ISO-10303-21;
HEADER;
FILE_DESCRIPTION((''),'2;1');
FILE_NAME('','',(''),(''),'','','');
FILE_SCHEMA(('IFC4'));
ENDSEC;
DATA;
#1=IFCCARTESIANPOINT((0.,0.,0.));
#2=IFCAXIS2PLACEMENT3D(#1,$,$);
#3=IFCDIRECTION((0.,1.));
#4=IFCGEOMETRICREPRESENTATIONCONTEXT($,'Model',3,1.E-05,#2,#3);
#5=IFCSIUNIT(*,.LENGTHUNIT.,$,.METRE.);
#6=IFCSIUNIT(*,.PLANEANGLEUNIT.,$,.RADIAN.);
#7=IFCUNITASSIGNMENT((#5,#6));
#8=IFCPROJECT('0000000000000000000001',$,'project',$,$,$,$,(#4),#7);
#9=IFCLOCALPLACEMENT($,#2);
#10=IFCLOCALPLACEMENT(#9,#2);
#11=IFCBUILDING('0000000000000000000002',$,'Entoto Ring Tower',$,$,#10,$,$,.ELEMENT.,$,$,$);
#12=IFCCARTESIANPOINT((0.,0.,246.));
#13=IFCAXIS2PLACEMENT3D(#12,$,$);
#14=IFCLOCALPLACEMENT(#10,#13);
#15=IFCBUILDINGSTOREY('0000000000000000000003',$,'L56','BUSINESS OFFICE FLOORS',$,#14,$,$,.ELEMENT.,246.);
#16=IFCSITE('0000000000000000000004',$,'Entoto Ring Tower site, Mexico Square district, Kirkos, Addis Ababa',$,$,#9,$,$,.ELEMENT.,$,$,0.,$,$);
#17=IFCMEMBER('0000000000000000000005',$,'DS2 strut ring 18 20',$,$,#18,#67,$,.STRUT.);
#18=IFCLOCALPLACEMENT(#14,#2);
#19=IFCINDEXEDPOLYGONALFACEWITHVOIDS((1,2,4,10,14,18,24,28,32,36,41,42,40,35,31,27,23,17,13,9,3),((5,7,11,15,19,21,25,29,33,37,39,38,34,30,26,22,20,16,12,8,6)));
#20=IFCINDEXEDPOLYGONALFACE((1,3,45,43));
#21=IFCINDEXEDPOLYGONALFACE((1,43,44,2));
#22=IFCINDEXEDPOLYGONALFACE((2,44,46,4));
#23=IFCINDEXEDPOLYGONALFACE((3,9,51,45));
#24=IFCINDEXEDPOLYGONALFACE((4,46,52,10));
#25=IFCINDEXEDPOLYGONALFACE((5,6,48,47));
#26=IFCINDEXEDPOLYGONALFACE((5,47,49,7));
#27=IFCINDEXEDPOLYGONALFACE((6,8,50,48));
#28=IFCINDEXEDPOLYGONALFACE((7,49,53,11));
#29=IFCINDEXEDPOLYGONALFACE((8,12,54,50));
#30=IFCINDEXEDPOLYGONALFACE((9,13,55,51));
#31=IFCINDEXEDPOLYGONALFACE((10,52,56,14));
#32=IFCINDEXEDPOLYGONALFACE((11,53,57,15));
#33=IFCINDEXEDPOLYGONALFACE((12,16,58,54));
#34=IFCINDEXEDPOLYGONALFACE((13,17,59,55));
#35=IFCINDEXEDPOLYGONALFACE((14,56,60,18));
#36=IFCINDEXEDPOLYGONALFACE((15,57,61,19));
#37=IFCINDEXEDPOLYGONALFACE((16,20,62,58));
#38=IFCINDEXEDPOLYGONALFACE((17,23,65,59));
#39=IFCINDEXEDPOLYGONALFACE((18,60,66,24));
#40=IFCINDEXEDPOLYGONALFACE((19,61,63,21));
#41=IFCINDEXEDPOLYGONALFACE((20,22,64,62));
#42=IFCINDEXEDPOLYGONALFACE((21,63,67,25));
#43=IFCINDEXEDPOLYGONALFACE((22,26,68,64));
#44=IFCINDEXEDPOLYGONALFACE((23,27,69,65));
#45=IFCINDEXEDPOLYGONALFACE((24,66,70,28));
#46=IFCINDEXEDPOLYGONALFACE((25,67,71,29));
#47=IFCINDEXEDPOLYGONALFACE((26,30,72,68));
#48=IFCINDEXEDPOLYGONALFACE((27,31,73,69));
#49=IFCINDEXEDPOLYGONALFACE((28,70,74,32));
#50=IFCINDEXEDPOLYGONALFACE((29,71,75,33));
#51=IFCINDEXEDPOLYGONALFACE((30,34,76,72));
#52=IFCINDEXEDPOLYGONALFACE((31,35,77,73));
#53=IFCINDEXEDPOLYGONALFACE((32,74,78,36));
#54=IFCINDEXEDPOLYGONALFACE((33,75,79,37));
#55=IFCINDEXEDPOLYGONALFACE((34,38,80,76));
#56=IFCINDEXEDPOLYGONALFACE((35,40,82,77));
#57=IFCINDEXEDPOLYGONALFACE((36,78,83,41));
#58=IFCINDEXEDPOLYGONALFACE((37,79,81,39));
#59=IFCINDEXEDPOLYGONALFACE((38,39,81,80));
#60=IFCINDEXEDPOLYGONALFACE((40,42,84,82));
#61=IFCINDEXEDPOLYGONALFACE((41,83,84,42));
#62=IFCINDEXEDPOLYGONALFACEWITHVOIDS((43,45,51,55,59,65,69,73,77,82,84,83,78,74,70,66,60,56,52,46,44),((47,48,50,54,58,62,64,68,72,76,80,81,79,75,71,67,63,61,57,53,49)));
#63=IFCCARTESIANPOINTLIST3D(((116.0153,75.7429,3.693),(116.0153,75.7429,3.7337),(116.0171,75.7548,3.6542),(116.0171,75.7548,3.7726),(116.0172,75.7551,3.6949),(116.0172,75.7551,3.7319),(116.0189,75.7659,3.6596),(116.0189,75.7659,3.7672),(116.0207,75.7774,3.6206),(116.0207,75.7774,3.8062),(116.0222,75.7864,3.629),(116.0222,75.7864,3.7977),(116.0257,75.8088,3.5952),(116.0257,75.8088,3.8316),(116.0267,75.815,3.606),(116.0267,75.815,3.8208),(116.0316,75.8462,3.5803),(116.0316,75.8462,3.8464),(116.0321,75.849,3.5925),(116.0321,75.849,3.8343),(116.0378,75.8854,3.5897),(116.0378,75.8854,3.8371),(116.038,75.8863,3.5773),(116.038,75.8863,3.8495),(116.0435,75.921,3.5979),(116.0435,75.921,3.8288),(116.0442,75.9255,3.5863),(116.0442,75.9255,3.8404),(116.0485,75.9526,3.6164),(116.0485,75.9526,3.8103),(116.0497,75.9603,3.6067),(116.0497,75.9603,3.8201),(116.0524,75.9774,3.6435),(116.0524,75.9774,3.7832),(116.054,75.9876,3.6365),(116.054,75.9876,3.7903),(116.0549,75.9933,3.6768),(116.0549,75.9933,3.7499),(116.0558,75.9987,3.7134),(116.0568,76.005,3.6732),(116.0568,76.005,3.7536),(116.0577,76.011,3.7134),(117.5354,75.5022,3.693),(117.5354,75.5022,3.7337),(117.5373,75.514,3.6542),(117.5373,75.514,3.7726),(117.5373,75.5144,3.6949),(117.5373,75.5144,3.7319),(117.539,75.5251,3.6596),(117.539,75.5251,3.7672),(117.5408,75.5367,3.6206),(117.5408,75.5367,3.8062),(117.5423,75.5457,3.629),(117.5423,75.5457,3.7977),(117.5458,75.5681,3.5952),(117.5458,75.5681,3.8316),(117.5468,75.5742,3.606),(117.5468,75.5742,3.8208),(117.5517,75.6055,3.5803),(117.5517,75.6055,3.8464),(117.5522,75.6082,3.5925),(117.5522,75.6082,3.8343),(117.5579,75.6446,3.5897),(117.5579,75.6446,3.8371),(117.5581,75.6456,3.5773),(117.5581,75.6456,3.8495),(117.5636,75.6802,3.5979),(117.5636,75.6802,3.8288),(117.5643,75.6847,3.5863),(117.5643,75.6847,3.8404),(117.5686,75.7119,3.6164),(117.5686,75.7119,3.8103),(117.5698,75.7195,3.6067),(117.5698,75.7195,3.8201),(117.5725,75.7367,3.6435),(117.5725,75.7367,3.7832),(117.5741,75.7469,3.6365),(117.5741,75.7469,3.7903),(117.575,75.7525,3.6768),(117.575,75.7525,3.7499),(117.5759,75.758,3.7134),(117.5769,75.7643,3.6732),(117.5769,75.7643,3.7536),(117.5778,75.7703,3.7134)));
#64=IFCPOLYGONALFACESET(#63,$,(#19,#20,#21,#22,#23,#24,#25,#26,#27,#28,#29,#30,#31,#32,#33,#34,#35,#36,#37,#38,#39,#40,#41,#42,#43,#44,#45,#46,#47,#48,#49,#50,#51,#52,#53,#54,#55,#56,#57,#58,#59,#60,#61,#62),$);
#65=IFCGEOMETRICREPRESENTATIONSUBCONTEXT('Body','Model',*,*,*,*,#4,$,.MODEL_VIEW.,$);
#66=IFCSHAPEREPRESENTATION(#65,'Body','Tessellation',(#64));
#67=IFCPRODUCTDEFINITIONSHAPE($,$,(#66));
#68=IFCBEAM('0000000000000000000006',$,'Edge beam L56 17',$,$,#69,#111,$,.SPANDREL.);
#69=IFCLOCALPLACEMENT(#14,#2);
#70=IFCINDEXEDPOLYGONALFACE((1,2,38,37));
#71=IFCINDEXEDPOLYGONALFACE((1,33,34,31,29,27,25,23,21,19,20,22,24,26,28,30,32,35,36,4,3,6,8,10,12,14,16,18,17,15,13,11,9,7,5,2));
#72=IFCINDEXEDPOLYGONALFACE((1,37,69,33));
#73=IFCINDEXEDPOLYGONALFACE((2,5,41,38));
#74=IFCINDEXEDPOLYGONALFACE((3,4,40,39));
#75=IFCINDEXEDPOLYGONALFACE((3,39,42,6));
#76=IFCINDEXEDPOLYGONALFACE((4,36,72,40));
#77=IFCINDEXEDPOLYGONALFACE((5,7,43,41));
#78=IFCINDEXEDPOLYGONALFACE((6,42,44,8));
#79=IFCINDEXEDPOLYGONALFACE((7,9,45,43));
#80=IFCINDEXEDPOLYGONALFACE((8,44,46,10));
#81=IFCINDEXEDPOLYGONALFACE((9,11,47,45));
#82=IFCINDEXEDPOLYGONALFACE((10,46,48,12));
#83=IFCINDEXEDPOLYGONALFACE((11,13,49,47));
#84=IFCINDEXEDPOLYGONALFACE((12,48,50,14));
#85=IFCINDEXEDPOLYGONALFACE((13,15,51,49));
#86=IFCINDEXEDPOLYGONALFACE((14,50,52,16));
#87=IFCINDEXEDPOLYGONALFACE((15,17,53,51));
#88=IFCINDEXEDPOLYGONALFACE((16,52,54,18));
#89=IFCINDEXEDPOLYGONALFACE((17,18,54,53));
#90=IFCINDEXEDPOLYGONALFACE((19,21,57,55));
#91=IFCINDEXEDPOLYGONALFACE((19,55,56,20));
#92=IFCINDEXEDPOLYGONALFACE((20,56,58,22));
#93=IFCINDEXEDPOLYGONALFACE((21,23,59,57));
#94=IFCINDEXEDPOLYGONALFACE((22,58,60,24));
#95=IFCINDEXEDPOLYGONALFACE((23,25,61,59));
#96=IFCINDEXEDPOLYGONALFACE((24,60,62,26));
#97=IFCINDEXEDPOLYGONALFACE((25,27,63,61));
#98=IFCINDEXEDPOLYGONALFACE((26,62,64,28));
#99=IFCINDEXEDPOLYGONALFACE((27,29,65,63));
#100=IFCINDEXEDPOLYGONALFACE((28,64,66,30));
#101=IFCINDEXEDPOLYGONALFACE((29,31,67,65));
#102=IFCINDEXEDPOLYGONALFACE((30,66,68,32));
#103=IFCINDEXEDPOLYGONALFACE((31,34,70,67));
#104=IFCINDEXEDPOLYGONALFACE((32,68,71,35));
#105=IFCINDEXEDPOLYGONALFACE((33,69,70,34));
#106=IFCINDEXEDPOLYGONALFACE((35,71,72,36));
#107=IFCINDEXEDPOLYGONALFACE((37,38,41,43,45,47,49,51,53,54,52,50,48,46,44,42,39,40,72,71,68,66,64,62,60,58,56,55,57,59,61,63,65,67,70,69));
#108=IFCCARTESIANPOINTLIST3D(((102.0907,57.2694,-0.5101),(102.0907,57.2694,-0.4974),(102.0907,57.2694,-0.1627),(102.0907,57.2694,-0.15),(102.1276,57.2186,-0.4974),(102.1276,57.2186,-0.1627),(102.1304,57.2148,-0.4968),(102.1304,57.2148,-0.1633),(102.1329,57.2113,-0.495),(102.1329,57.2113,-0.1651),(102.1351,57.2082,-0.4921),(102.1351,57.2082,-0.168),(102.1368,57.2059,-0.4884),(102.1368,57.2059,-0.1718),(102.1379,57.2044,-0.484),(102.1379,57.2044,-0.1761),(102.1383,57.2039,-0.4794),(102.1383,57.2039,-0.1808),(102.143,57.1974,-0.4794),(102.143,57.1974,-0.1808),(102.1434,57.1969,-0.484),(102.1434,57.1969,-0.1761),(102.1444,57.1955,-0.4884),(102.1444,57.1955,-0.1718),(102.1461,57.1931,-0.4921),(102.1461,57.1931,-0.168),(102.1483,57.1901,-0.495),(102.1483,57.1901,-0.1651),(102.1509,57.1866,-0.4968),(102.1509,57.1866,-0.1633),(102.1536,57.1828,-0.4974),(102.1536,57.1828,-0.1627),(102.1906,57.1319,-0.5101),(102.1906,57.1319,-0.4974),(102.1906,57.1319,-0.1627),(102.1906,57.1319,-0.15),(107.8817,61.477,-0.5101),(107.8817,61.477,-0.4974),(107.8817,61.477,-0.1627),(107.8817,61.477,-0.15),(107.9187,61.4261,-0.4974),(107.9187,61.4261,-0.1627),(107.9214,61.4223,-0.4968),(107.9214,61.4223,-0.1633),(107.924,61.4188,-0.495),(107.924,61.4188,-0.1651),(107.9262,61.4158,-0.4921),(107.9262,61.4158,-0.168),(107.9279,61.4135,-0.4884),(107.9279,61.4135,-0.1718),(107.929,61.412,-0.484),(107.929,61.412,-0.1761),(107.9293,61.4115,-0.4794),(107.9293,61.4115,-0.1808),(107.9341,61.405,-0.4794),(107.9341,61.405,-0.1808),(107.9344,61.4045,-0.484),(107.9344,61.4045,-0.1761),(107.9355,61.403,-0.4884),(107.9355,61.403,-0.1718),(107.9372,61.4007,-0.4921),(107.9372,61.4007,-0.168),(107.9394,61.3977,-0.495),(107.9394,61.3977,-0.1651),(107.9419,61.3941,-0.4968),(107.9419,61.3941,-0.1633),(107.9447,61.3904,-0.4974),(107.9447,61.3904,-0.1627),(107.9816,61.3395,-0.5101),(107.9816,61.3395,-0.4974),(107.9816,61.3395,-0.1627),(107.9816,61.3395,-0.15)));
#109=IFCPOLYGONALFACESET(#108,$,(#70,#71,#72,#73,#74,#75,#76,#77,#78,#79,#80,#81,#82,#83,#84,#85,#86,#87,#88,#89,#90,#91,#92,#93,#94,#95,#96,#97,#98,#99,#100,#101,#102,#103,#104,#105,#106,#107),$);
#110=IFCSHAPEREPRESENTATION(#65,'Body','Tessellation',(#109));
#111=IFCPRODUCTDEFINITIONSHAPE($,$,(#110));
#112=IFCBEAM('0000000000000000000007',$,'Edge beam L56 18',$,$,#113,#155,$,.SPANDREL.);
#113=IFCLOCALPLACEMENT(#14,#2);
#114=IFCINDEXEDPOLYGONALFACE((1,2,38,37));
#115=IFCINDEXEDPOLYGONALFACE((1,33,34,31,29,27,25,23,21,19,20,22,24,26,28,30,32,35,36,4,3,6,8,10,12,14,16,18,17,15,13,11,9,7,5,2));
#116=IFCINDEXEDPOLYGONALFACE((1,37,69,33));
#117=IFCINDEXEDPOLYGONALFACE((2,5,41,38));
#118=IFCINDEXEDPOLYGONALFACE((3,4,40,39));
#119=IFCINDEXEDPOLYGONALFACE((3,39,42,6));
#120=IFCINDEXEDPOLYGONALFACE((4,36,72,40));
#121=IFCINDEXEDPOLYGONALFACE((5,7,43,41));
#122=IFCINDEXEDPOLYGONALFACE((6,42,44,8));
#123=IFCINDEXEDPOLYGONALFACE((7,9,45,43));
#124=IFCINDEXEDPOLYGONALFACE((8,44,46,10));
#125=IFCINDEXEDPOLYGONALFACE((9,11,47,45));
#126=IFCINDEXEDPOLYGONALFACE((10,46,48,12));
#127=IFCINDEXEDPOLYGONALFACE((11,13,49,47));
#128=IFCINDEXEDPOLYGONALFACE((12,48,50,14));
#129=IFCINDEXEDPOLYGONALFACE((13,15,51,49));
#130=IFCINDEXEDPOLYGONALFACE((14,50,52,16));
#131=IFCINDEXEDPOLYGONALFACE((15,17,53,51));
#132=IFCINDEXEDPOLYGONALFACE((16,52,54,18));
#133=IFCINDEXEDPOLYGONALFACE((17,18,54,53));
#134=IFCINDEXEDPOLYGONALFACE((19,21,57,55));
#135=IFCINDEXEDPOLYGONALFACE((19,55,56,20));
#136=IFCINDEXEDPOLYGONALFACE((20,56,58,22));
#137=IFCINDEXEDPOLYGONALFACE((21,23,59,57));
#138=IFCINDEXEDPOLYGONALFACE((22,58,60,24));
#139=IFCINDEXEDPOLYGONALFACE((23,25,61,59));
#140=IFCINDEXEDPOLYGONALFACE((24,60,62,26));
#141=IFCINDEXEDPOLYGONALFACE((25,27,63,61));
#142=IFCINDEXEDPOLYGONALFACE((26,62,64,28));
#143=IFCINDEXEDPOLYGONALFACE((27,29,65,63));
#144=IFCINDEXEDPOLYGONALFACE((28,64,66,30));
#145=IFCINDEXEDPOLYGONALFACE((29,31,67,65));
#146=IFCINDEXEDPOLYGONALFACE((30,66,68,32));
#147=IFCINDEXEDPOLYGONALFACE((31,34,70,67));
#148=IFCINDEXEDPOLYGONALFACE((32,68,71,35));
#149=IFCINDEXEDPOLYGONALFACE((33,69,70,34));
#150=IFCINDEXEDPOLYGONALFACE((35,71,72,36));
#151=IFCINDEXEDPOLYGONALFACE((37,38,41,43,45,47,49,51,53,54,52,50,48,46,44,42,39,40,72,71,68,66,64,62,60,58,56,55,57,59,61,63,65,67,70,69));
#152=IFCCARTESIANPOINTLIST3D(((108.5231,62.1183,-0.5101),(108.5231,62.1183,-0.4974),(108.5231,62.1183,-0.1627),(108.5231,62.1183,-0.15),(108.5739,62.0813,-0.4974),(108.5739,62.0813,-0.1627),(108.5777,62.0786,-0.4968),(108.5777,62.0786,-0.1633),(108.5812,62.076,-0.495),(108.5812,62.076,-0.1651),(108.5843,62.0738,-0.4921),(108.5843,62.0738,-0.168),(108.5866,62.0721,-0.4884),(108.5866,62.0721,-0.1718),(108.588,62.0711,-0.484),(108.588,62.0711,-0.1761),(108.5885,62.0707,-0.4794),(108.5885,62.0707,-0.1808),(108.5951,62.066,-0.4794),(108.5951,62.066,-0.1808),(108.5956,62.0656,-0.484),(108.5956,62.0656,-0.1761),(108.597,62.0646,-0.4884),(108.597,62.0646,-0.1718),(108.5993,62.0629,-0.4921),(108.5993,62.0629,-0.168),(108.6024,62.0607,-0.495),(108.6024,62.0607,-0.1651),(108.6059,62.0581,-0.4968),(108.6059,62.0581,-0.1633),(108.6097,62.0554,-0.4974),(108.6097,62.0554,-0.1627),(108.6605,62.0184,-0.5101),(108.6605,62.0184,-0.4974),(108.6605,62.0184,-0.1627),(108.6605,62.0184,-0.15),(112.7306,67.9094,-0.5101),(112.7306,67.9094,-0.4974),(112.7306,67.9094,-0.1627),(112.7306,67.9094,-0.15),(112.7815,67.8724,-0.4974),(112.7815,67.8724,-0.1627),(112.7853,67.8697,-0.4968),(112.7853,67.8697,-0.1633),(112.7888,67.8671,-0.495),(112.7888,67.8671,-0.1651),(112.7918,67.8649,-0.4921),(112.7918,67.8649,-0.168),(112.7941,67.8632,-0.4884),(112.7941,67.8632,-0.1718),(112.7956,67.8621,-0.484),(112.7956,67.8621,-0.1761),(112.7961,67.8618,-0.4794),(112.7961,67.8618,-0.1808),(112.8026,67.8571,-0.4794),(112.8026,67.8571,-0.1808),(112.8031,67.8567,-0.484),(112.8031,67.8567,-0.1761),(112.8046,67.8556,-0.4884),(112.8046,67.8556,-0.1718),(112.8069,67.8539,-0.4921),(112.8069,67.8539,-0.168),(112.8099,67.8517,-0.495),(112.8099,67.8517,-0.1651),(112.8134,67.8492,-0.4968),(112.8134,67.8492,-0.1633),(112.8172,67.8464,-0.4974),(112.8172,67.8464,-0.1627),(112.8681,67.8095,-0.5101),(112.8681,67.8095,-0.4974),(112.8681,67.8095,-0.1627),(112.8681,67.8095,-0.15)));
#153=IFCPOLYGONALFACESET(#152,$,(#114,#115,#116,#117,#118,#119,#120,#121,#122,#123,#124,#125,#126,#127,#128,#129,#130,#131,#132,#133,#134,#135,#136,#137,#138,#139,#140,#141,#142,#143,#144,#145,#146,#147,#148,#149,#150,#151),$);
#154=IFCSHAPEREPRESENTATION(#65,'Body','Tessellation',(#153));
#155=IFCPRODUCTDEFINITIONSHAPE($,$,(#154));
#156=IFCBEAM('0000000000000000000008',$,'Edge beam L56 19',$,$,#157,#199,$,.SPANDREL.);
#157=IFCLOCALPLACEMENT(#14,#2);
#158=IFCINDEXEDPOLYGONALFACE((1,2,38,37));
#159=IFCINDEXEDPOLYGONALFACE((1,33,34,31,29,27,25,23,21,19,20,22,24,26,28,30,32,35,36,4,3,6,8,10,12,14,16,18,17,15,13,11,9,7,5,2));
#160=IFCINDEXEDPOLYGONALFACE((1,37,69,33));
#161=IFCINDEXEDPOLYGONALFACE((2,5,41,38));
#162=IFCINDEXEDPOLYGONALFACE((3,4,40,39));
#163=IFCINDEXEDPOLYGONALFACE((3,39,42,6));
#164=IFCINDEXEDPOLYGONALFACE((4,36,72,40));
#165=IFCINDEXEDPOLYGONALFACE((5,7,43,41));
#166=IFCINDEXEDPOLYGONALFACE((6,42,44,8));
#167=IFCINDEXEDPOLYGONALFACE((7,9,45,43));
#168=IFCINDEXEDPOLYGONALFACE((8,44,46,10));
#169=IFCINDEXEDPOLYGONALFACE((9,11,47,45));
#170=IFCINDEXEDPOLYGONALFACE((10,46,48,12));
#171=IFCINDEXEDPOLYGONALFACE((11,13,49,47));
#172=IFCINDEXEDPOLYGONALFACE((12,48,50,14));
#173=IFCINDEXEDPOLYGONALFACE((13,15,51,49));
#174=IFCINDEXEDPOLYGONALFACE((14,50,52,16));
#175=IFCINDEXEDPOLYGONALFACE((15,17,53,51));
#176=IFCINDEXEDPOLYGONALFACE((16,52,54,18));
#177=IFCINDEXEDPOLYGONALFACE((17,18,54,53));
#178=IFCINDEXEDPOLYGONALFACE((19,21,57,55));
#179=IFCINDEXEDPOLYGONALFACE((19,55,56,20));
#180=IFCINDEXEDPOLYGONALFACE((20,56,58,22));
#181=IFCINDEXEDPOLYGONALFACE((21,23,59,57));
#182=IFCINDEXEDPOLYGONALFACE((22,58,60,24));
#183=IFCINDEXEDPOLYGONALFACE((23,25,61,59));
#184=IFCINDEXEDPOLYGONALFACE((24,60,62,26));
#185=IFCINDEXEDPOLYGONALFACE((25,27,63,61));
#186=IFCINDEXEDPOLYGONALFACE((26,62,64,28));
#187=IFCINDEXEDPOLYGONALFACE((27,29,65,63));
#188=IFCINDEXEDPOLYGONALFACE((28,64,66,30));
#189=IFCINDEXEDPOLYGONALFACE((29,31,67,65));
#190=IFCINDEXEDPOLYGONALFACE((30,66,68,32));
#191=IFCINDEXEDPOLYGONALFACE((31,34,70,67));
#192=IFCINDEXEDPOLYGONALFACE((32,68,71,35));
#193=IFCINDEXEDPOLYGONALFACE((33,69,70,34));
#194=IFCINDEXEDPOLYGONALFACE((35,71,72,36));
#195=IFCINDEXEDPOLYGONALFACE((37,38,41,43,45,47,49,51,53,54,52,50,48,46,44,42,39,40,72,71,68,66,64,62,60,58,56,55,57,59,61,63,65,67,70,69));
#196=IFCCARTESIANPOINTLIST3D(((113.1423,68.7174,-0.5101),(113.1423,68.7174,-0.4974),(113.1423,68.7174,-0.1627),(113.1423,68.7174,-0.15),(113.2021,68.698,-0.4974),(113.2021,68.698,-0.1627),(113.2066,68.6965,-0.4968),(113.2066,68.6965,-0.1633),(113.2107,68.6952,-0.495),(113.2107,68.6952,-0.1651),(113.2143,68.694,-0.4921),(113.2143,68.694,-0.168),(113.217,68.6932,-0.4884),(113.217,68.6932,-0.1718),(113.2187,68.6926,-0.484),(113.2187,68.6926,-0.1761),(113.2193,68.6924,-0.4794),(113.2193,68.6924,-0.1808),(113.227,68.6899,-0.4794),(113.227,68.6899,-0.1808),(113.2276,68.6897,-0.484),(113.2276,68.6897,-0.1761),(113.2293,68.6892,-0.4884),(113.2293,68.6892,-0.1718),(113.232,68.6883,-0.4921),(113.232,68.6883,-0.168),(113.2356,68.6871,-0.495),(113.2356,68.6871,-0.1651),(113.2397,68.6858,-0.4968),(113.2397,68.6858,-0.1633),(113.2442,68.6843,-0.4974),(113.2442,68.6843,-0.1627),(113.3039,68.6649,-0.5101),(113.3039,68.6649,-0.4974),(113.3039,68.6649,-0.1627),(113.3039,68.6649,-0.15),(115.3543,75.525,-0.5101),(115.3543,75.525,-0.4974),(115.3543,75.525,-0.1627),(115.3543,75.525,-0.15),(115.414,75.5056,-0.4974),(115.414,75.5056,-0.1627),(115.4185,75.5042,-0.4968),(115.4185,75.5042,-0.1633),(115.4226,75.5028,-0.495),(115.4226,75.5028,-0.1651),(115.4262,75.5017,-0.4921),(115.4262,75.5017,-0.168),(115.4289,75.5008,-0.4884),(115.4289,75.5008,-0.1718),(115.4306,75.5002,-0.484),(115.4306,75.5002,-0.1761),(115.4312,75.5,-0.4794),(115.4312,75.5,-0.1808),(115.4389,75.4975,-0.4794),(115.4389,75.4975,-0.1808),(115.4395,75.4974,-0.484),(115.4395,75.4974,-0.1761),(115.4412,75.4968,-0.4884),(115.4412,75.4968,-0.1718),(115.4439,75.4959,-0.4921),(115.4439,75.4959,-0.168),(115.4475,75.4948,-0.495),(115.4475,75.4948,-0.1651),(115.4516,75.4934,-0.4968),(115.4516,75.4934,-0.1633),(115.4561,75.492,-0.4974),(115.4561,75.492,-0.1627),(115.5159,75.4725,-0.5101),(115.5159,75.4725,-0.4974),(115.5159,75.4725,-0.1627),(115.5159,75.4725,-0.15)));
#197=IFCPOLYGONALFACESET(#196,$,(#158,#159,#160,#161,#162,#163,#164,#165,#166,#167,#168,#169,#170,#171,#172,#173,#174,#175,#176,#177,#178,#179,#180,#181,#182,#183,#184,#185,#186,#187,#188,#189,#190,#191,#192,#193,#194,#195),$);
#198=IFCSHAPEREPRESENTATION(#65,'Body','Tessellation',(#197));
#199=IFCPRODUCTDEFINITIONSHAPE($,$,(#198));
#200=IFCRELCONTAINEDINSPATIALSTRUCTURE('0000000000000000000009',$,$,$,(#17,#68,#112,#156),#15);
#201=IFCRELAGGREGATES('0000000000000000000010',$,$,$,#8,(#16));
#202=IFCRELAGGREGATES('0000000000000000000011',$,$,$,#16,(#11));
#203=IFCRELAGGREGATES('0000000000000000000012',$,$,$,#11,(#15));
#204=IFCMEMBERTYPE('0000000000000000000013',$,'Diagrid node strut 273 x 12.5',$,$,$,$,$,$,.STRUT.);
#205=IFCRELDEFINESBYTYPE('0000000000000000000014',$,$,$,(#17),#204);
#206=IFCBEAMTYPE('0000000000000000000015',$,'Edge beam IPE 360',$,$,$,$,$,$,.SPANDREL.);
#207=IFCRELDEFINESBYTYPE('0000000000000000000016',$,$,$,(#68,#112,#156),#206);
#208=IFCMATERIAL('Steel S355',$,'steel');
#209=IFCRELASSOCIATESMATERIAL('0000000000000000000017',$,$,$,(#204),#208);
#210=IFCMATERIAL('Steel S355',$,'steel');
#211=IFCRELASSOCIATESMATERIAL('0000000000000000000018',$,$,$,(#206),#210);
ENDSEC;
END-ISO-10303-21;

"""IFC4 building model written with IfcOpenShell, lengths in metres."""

from ifc_helpers import new_model, si_unit, direction, frame, origin, origin_2d, place, context, subcontext, project, spatial, circle, hollow_circle, i_section, extrude, material, material_profile, profile_set, type_object, element, save


model = new_model("IFC4")

# Units and contexts
model_context = context("Model", 3, precision=1e-05, world=origin(), true_north=direction((0.0, 1.0)))
body_context = subcontext(model_context, "Body", "Model", "MODEL_VIEW")
ifc_project = project(units=[si_unit("LENGTHUNIT", "METRE"), si_unit("PLANEANGLEUNIT", "RADIAN")], contexts=[model_context])

# Site, building, storey
site_placement = place(None, origin())
site = spatial("IfcSite", under=ifc_project, at=site_placement, Name="Entoto Ring Tower site, Mexico Square district, Kirkos, Addis Ababa", CompositionType="ELEMENT", RefElevation=0.0)
building_placement = place(site_placement, origin())
building = spatial("IfcBuilding", under=site, at=building_placement, Name="Entoto Ring Tower", CompositionType="ELEMENT")
storey_placement = place(building_placement, frame((0.0, 0.0, 246.0)))
storey = spatial("IfcBuildingStorey", under=building, at=storey_placement, Name="L56", Description="BUSINESS OFFICE FLOORS", CompositionType="ELEMENT", Elevation=246.0)

# Member
ifc_material_1 = material(Name="Steel S355", Category="steel")
ifc_material_profile_1 = material_profile(ifc_material_1, hollow_circle(Radius=0.1365, WallThickness=0.0125, at=origin_2d()), Name="CHS 273 x 12.5")
ifc_material_2 = material(Name="Concrete C60/75", Category="concrete")
ifc_material_profile_2 = material_profile(ifc_material_2, circle(Radius=0.124, at=origin_2d()), Name="Concrete C60/75 infill")
ifc_profile_set_1 = profile_set([ifc_material_profile_1, ifc_material_profile_2], Name="Steel S355")
member_type = type_object("IfcMemberType", Name="Diagrid node strut 273 x 12.5", PredefinedType="STRUT", material=ifc_profile_set_1)
for number, where, z_axis, x_axis, name in (
    (1, (116.0364, 75.8762, 3.7134), (0.987691, -0.156419, 0.0), (0.156419, 0.987691, 0.0), "DS2 strut ring 18 20"),
):
    element("IfcMember", number, at=place(storey_placement, frame(where, z_axis=z_axis, x_axis=x_axis)), inside=storey, type_object=member_type, Name=name, PredefinedType="STRUT", context=body_context, shape_type="SweptSolid", body=[
        extrude(hollow_circle(Radius=0.1365, WallThickness=0.0125, at=origin_2d()), origin(), (0.0, 0.0, 1.0), 1.5391),
    ])

# Beams
ifc_material_3 = material(Name="Steel S355", Category="steel")
ifc_material_profile_3 = material_profile(ifc_material_3, i_section(OverallWidth=0.1699, OverallDepth=0.3601, WebThickness=0.0081, FlangeThickness=0.0127, FilletRadius=0.0181, at=origin_2d()), Name="IPE 360")
ifc_profile_set_2 = profile_set([ifc_material_profile_3], Name="Steel S355")
beam_type_1 = type_object("IfcBeamType", Name="Edge beam IPE 360", PredefinedType="SPANDREL", material=ifc_profile_set_2)
for number, where, z_axis, x_axis, name in (
    (2, (102.1406, 57.2007, -0.3301), (0.80901, 0.587794, 0.0), (-0.587794, 0.80901, 0.0), "Edge beam L56 17"),
    (3, (108.5918, 62.0684, -0.3301), (0.587794, 0.80901, 0.0), (-0.80901, 0.587794, 0.0), "Edge beam L56 18"),
):
    element("IfcBeam", number, at=place(storey_placement, frame(where, z_axis=z_axis, x_axis=x_axis)), inside=storey, type_object=beam_type_1, Name=name, PredefinedType="SPANDREL", context=body_context, shape_type="SweptSolid", body=[
        extrude(i_section(OverallWidth=0.1699, OverallDepth=0.3601, WebThickness=0.0081, FlangeThickness=0.0127, FilletRadius=0.0181, at=origin_2d()), origin(), (0.0, 0.0, 1.0), 7.1582),
    ])
beam_1_placement = place(storey_placement, frame((113.2231, 68.6912, -0.3301), z_axis=(0.309015, 0.951057, 0.0), x_axis=(-0.951057, 0.309015, 0.0)))
element("IfcBeam", 4, at=beam_1_placement, inside=storey, type_object=beam_type_1, Name="Edge beam L56 19", PredefinedType="SPANDREL", context=body_context, shape_type="SweptSolid", body=[
    extrude(i_section(OverallWidth=0.1699, OverallDepth=0.3601, WebThickness=0.0081, FlangeThickness=0.0127, FilletRadius=0.0181, at=origin_2d()), origin(), (0.0, 0.0, 1.0), 7.158),
])

save(model, "model.ifc")
